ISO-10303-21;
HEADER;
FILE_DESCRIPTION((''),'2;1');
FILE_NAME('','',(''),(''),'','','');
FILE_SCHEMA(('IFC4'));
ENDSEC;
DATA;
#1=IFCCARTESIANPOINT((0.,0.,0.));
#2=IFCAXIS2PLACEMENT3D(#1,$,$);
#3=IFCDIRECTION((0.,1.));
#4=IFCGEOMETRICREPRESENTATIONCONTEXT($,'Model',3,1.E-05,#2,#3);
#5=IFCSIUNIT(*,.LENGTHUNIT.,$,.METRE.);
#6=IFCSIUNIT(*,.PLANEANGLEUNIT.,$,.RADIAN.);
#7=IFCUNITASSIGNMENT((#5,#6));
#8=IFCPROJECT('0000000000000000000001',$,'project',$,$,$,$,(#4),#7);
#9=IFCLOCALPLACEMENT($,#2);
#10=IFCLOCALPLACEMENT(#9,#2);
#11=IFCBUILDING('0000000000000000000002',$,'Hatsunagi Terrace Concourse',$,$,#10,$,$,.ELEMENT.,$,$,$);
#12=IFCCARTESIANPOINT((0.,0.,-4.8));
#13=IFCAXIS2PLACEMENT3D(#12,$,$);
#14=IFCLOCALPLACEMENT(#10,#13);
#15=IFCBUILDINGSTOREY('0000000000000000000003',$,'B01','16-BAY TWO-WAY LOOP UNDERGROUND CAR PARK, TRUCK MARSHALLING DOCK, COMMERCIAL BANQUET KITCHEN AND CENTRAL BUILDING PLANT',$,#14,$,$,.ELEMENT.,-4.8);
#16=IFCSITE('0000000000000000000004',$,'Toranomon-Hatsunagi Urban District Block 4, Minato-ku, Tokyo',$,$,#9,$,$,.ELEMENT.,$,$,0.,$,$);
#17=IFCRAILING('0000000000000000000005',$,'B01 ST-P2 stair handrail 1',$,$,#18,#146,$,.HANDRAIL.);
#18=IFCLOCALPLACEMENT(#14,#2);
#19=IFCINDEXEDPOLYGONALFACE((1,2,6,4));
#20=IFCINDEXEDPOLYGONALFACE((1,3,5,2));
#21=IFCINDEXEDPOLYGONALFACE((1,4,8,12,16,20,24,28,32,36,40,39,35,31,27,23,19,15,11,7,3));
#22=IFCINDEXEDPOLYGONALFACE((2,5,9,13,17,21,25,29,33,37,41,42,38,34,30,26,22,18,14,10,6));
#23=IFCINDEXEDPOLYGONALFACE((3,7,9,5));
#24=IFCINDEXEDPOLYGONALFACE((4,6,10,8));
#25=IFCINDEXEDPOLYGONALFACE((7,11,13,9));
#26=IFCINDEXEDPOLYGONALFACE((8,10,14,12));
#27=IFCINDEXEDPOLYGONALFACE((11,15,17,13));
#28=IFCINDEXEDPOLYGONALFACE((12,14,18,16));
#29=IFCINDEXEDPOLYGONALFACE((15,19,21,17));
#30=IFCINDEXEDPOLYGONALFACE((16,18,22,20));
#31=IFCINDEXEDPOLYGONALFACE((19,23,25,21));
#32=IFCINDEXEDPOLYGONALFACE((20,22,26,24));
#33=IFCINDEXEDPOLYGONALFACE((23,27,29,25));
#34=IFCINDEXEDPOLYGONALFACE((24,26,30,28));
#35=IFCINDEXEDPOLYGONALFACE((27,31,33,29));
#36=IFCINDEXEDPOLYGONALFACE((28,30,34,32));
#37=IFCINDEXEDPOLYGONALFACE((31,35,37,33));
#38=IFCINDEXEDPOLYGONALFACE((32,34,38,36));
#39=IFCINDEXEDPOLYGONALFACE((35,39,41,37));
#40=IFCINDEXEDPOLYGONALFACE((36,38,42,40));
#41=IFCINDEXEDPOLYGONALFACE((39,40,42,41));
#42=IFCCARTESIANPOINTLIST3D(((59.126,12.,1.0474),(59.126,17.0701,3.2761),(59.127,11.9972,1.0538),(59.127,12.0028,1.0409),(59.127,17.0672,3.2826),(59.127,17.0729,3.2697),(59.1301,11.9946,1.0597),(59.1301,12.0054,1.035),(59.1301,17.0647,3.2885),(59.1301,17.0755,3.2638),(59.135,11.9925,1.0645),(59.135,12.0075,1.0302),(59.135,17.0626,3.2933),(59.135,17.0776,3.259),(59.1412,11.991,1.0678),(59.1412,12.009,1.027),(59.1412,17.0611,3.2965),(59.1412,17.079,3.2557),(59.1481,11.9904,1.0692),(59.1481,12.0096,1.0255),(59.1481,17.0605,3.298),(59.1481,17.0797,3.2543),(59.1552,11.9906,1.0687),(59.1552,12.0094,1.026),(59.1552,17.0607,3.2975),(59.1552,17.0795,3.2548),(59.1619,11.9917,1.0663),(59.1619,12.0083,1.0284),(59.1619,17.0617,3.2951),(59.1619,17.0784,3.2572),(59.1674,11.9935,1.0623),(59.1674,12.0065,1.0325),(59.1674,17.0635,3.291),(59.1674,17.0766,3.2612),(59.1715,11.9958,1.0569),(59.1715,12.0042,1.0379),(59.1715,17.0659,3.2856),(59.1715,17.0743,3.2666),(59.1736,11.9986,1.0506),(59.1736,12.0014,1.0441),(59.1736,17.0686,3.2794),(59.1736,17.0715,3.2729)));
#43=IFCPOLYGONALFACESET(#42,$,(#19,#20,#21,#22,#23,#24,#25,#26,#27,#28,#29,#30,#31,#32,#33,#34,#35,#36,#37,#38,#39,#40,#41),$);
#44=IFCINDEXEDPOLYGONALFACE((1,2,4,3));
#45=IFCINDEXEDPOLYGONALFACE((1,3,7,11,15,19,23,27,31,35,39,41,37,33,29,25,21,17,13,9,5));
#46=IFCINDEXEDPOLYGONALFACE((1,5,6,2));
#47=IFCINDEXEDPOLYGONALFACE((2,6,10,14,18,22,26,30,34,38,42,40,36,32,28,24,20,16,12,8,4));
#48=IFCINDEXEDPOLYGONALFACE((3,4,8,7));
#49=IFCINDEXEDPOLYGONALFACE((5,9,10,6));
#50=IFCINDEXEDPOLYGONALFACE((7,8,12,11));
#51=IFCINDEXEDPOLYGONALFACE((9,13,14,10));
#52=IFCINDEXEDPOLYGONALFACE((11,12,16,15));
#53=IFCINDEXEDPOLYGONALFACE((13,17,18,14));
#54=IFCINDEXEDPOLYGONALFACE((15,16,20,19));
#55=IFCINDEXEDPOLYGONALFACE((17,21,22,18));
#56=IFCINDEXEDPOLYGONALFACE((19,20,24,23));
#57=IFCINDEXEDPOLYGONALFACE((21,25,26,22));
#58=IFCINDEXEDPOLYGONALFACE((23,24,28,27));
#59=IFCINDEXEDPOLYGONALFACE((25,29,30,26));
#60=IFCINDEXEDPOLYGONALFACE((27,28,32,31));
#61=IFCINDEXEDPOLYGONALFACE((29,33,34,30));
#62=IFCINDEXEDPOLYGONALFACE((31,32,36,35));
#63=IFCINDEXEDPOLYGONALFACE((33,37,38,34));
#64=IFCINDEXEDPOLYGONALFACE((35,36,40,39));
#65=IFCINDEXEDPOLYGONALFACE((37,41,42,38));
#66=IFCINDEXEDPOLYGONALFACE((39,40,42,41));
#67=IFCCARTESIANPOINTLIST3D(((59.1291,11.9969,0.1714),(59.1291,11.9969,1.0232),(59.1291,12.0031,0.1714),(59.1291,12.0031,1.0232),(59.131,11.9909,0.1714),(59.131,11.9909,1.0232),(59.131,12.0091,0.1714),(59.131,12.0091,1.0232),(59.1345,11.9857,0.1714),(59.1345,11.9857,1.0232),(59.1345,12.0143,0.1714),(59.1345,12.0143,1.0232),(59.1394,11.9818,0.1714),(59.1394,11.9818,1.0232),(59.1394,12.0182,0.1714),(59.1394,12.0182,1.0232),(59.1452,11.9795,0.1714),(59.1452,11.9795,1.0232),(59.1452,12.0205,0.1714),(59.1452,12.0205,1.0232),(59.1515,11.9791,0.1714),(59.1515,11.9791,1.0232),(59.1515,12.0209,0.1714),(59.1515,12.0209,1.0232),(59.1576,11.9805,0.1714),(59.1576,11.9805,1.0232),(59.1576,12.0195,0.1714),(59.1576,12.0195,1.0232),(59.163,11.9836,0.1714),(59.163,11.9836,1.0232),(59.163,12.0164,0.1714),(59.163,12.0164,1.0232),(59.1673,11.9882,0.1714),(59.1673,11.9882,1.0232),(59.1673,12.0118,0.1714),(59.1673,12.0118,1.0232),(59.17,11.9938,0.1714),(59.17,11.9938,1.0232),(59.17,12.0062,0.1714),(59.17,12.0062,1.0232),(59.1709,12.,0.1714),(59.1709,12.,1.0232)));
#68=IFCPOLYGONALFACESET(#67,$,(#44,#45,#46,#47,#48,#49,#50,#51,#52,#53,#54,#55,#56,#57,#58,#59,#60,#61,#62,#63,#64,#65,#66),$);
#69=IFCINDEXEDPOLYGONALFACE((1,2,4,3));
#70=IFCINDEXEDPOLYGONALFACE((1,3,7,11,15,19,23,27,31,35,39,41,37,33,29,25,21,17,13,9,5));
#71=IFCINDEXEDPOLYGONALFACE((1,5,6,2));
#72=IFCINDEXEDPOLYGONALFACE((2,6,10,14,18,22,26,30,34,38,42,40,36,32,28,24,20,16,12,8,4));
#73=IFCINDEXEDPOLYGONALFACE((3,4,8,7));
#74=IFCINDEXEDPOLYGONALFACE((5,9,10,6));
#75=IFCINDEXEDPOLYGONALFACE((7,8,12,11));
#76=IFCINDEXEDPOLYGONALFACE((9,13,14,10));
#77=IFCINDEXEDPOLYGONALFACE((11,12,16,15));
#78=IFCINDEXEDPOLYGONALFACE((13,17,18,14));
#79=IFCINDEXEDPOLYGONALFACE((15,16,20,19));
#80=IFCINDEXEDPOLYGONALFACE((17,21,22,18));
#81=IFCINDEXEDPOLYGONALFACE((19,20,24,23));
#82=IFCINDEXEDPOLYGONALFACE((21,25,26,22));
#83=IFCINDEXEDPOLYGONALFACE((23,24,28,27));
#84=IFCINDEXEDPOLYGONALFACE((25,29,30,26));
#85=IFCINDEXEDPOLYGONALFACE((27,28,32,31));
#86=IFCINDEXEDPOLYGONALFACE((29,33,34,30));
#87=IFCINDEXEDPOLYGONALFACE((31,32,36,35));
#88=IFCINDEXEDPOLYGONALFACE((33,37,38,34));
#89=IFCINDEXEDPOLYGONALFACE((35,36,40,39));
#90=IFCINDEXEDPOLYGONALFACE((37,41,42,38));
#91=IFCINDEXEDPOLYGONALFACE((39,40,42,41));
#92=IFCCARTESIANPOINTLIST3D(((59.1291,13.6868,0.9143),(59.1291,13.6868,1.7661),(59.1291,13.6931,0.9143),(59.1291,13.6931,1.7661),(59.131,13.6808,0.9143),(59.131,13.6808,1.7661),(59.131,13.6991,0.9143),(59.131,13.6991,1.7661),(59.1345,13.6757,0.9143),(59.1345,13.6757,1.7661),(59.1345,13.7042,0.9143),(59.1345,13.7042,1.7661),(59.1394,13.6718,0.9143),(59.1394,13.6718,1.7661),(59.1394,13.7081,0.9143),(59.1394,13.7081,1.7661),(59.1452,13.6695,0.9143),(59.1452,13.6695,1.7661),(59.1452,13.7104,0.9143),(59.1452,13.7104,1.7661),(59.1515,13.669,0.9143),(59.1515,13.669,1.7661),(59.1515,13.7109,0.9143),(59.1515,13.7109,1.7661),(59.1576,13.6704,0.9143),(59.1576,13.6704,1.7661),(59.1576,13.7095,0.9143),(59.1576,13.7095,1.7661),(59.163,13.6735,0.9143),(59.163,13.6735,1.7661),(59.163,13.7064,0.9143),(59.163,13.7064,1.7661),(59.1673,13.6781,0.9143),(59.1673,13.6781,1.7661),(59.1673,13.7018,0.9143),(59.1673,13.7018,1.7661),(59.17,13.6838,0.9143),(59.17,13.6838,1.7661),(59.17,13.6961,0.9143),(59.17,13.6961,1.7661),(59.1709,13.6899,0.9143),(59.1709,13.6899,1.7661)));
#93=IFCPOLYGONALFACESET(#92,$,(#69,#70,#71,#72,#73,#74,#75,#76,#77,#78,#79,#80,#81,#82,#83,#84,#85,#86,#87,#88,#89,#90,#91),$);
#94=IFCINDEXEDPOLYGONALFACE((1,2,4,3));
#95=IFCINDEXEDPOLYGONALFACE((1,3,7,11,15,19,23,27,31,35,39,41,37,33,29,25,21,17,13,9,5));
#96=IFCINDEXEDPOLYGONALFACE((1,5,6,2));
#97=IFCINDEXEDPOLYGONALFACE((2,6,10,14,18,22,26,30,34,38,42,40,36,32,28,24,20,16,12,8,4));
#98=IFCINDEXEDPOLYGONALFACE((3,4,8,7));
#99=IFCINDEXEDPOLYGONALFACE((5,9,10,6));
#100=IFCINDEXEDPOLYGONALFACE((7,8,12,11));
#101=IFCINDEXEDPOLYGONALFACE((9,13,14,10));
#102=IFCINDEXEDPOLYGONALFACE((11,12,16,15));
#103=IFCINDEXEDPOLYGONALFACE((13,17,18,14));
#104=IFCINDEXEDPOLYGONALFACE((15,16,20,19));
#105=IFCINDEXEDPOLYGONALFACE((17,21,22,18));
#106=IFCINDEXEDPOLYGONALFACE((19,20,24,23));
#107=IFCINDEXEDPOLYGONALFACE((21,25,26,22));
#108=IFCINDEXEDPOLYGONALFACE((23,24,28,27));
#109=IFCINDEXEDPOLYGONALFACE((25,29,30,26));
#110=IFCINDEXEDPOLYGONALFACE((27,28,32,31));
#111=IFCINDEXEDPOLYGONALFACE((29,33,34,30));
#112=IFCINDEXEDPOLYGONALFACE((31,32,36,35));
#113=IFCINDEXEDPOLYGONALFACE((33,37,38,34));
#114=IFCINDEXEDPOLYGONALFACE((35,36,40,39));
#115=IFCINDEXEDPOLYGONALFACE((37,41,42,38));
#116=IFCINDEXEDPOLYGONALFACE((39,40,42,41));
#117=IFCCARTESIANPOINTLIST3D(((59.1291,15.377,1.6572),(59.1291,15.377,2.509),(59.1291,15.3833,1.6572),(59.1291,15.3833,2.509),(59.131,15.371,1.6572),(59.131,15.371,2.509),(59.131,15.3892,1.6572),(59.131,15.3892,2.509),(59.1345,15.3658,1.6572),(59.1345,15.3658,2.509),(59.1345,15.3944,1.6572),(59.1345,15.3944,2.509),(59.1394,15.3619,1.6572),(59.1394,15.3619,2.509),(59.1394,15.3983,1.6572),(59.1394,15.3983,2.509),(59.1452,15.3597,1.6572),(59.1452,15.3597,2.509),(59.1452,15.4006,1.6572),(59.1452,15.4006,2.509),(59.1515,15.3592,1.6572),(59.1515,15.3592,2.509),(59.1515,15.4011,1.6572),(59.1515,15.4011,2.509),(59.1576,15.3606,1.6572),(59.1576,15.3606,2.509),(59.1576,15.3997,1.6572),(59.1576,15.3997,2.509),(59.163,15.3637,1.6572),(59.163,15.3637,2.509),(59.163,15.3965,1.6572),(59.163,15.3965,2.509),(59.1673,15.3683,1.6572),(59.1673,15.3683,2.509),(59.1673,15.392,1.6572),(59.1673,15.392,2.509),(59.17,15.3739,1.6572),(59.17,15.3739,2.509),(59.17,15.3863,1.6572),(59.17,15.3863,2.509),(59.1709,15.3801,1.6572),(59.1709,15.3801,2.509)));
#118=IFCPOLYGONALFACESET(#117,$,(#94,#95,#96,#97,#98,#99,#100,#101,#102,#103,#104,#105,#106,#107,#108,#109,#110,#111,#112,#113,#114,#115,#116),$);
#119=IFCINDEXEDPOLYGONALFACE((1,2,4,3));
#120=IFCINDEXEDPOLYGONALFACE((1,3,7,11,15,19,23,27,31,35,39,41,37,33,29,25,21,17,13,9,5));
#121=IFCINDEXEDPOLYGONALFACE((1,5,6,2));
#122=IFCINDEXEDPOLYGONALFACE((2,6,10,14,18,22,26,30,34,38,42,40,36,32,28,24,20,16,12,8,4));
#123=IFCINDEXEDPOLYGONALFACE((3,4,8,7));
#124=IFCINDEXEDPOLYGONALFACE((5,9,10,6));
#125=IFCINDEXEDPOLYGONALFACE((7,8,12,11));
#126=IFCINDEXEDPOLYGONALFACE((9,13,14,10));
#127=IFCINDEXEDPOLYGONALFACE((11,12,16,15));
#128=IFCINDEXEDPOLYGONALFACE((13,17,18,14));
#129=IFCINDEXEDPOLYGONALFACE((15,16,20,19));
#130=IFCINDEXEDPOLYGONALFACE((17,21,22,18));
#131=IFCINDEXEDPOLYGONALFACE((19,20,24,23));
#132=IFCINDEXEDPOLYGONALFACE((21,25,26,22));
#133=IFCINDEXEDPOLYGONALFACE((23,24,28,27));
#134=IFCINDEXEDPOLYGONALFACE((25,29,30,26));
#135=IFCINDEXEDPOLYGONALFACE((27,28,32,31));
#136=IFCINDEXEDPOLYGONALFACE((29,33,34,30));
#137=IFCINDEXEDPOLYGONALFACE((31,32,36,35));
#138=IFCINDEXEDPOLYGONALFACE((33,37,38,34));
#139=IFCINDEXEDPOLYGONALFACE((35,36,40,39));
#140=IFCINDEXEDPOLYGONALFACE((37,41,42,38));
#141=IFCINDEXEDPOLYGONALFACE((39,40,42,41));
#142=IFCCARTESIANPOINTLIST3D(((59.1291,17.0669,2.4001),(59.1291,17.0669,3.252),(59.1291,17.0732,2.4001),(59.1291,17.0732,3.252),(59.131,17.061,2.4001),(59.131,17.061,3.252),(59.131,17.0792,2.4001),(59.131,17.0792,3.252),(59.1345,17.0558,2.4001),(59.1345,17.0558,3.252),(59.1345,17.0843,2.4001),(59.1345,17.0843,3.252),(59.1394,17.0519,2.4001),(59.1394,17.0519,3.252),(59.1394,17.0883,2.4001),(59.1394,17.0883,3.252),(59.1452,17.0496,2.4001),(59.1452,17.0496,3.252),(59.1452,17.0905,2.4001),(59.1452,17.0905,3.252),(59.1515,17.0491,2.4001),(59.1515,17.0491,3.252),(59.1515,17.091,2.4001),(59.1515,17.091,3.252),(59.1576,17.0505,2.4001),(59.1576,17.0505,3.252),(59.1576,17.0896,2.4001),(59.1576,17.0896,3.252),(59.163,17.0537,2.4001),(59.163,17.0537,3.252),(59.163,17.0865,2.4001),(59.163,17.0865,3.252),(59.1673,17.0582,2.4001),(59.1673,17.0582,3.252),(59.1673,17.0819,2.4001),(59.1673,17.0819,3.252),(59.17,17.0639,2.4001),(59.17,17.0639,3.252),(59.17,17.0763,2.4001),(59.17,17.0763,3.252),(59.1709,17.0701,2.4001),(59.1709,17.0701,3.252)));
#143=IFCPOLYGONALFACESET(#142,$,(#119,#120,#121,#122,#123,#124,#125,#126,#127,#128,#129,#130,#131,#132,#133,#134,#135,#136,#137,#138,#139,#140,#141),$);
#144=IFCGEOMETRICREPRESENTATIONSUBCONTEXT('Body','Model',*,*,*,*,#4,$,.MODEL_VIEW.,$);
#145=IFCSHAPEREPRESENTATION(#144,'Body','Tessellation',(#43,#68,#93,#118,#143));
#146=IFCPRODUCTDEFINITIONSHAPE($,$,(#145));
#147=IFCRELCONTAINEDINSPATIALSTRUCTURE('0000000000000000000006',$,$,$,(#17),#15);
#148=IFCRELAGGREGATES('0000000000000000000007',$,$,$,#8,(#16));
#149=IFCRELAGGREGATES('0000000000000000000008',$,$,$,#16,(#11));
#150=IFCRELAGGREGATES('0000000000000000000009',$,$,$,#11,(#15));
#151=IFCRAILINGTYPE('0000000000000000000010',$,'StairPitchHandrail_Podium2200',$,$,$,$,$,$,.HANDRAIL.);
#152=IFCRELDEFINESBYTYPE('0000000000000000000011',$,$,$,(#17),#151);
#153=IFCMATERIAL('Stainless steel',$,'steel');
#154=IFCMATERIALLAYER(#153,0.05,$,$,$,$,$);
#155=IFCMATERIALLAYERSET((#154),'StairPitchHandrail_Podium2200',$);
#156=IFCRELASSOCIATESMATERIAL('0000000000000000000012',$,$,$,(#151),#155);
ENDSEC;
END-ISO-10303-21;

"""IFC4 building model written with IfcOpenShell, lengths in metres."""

from ifc_helpers import new_model, si_unit, direction, frame, origin, origin_2d, place, context, subcontext, project, spatial, circle, extrude, material, layer, layer_set, type_object, element, save


model = new_model("IFC4")

# Units and contexts
model_context = context("Model", 3, precision=1e-05, world=origin(), true_north=direction((0.0, 1.0)))
body_context = subcontext(model_context, "Body", "Model", "MODEL_VIEW")
ifc_project = project(units=[si_unit("LENGTHUNIT", "METRE"), si_unit("PLANEANGLEUNIT", "RADIAN")], contexts=[model_context])

# Site, building, storey
site_placement = place(None, origin())
site = spatial("IfcSite", under=ifc_project, at=site_placement, Name="Toranomon-Hatsunagi Urban District Block 4, Minato-ku, Tokyo", CompositionType="ELEMENT", RefElevation=0.0)
building_placement = place(site_placement, origin())
building = spatial("IfcBuilding", under=site, at=building_placement, Name="Hatsunagi Terrace Concourse", CompositionType="ELEMENT")
storey_placement = place(building_placement, frame((0.0, 0.0, -4.8)))
storey = spatial("IfcBuildingStorey", under=building, at=storey_placement, Name="B01", Description="16-BAY TWO-WAY LOOP UNDERGROUND CAR PARK, TRUCK MARSHALLING DOCK, COMMERCIAL BANQUET KITCHEN AND CENTRAL BUILDING PLANT", CompositionType="ELEMENT", Elevation=-4.8)

# Railing
ifc_material_1 = material(Name="Stainless steel", Category="steel")
ifc_layer_1 = layer(ifc_material_1, 0.05)
ifc_layer_set_1 = layer_set([ifc_layer_1], Name="StairPitchHandrail_Podium2200")
railing_type_1 = type_object("IfcRailingType", Name="StairPitchHandrail_Podium2200", PredefinedType="HANDRAIL", material=ifc_layer_set_1)
railing_1_placement = place(storey_placement, frame((59.1499, 12.0, 0.1714)))
element("IfcRailing", 1, at=railing_1_placement, inside=storey, type_object=railing_type_1, Name="B01 ST-P2 stair handrail 1", PredefinedType="HANDRAIL", context=body_context, shape_type="SweptSolid", body=[
    extrude(circle(Radius=0.0239, at=origin_2d()), frame((0.0, 0.0, 0.876), z_axis=(0.0, 0.915453, 0.402425), x_axis=(-1.0, 0.0, 0.0)), (0.0, 0.0, 1.0), 5.5383),
    extrude(circle(Radius=0.021, at=origin_2d()), origin(), (0.0, 0.0, 1.0), 0.8518),
    extrude(circle(Radius=0.021, at=origin_2d()), frame((0.0, 1.6899, 0.7429)), (0.0, 0.0, 1.0), 0.8518),
    extrude(circle(Radius=0.021, at=origin_2d()), frame((0.0, 3.3801, 1.4858)), (0.0, 0.0, 1.0), 0.8518),
    extrude(circle(Radius=0.021, at=origin_2d()), frame((0.0, 5.0701, 2.2288)), (0.0, 0.0, 1.0), 0.8518),
])

save(model, "model.ifc")
